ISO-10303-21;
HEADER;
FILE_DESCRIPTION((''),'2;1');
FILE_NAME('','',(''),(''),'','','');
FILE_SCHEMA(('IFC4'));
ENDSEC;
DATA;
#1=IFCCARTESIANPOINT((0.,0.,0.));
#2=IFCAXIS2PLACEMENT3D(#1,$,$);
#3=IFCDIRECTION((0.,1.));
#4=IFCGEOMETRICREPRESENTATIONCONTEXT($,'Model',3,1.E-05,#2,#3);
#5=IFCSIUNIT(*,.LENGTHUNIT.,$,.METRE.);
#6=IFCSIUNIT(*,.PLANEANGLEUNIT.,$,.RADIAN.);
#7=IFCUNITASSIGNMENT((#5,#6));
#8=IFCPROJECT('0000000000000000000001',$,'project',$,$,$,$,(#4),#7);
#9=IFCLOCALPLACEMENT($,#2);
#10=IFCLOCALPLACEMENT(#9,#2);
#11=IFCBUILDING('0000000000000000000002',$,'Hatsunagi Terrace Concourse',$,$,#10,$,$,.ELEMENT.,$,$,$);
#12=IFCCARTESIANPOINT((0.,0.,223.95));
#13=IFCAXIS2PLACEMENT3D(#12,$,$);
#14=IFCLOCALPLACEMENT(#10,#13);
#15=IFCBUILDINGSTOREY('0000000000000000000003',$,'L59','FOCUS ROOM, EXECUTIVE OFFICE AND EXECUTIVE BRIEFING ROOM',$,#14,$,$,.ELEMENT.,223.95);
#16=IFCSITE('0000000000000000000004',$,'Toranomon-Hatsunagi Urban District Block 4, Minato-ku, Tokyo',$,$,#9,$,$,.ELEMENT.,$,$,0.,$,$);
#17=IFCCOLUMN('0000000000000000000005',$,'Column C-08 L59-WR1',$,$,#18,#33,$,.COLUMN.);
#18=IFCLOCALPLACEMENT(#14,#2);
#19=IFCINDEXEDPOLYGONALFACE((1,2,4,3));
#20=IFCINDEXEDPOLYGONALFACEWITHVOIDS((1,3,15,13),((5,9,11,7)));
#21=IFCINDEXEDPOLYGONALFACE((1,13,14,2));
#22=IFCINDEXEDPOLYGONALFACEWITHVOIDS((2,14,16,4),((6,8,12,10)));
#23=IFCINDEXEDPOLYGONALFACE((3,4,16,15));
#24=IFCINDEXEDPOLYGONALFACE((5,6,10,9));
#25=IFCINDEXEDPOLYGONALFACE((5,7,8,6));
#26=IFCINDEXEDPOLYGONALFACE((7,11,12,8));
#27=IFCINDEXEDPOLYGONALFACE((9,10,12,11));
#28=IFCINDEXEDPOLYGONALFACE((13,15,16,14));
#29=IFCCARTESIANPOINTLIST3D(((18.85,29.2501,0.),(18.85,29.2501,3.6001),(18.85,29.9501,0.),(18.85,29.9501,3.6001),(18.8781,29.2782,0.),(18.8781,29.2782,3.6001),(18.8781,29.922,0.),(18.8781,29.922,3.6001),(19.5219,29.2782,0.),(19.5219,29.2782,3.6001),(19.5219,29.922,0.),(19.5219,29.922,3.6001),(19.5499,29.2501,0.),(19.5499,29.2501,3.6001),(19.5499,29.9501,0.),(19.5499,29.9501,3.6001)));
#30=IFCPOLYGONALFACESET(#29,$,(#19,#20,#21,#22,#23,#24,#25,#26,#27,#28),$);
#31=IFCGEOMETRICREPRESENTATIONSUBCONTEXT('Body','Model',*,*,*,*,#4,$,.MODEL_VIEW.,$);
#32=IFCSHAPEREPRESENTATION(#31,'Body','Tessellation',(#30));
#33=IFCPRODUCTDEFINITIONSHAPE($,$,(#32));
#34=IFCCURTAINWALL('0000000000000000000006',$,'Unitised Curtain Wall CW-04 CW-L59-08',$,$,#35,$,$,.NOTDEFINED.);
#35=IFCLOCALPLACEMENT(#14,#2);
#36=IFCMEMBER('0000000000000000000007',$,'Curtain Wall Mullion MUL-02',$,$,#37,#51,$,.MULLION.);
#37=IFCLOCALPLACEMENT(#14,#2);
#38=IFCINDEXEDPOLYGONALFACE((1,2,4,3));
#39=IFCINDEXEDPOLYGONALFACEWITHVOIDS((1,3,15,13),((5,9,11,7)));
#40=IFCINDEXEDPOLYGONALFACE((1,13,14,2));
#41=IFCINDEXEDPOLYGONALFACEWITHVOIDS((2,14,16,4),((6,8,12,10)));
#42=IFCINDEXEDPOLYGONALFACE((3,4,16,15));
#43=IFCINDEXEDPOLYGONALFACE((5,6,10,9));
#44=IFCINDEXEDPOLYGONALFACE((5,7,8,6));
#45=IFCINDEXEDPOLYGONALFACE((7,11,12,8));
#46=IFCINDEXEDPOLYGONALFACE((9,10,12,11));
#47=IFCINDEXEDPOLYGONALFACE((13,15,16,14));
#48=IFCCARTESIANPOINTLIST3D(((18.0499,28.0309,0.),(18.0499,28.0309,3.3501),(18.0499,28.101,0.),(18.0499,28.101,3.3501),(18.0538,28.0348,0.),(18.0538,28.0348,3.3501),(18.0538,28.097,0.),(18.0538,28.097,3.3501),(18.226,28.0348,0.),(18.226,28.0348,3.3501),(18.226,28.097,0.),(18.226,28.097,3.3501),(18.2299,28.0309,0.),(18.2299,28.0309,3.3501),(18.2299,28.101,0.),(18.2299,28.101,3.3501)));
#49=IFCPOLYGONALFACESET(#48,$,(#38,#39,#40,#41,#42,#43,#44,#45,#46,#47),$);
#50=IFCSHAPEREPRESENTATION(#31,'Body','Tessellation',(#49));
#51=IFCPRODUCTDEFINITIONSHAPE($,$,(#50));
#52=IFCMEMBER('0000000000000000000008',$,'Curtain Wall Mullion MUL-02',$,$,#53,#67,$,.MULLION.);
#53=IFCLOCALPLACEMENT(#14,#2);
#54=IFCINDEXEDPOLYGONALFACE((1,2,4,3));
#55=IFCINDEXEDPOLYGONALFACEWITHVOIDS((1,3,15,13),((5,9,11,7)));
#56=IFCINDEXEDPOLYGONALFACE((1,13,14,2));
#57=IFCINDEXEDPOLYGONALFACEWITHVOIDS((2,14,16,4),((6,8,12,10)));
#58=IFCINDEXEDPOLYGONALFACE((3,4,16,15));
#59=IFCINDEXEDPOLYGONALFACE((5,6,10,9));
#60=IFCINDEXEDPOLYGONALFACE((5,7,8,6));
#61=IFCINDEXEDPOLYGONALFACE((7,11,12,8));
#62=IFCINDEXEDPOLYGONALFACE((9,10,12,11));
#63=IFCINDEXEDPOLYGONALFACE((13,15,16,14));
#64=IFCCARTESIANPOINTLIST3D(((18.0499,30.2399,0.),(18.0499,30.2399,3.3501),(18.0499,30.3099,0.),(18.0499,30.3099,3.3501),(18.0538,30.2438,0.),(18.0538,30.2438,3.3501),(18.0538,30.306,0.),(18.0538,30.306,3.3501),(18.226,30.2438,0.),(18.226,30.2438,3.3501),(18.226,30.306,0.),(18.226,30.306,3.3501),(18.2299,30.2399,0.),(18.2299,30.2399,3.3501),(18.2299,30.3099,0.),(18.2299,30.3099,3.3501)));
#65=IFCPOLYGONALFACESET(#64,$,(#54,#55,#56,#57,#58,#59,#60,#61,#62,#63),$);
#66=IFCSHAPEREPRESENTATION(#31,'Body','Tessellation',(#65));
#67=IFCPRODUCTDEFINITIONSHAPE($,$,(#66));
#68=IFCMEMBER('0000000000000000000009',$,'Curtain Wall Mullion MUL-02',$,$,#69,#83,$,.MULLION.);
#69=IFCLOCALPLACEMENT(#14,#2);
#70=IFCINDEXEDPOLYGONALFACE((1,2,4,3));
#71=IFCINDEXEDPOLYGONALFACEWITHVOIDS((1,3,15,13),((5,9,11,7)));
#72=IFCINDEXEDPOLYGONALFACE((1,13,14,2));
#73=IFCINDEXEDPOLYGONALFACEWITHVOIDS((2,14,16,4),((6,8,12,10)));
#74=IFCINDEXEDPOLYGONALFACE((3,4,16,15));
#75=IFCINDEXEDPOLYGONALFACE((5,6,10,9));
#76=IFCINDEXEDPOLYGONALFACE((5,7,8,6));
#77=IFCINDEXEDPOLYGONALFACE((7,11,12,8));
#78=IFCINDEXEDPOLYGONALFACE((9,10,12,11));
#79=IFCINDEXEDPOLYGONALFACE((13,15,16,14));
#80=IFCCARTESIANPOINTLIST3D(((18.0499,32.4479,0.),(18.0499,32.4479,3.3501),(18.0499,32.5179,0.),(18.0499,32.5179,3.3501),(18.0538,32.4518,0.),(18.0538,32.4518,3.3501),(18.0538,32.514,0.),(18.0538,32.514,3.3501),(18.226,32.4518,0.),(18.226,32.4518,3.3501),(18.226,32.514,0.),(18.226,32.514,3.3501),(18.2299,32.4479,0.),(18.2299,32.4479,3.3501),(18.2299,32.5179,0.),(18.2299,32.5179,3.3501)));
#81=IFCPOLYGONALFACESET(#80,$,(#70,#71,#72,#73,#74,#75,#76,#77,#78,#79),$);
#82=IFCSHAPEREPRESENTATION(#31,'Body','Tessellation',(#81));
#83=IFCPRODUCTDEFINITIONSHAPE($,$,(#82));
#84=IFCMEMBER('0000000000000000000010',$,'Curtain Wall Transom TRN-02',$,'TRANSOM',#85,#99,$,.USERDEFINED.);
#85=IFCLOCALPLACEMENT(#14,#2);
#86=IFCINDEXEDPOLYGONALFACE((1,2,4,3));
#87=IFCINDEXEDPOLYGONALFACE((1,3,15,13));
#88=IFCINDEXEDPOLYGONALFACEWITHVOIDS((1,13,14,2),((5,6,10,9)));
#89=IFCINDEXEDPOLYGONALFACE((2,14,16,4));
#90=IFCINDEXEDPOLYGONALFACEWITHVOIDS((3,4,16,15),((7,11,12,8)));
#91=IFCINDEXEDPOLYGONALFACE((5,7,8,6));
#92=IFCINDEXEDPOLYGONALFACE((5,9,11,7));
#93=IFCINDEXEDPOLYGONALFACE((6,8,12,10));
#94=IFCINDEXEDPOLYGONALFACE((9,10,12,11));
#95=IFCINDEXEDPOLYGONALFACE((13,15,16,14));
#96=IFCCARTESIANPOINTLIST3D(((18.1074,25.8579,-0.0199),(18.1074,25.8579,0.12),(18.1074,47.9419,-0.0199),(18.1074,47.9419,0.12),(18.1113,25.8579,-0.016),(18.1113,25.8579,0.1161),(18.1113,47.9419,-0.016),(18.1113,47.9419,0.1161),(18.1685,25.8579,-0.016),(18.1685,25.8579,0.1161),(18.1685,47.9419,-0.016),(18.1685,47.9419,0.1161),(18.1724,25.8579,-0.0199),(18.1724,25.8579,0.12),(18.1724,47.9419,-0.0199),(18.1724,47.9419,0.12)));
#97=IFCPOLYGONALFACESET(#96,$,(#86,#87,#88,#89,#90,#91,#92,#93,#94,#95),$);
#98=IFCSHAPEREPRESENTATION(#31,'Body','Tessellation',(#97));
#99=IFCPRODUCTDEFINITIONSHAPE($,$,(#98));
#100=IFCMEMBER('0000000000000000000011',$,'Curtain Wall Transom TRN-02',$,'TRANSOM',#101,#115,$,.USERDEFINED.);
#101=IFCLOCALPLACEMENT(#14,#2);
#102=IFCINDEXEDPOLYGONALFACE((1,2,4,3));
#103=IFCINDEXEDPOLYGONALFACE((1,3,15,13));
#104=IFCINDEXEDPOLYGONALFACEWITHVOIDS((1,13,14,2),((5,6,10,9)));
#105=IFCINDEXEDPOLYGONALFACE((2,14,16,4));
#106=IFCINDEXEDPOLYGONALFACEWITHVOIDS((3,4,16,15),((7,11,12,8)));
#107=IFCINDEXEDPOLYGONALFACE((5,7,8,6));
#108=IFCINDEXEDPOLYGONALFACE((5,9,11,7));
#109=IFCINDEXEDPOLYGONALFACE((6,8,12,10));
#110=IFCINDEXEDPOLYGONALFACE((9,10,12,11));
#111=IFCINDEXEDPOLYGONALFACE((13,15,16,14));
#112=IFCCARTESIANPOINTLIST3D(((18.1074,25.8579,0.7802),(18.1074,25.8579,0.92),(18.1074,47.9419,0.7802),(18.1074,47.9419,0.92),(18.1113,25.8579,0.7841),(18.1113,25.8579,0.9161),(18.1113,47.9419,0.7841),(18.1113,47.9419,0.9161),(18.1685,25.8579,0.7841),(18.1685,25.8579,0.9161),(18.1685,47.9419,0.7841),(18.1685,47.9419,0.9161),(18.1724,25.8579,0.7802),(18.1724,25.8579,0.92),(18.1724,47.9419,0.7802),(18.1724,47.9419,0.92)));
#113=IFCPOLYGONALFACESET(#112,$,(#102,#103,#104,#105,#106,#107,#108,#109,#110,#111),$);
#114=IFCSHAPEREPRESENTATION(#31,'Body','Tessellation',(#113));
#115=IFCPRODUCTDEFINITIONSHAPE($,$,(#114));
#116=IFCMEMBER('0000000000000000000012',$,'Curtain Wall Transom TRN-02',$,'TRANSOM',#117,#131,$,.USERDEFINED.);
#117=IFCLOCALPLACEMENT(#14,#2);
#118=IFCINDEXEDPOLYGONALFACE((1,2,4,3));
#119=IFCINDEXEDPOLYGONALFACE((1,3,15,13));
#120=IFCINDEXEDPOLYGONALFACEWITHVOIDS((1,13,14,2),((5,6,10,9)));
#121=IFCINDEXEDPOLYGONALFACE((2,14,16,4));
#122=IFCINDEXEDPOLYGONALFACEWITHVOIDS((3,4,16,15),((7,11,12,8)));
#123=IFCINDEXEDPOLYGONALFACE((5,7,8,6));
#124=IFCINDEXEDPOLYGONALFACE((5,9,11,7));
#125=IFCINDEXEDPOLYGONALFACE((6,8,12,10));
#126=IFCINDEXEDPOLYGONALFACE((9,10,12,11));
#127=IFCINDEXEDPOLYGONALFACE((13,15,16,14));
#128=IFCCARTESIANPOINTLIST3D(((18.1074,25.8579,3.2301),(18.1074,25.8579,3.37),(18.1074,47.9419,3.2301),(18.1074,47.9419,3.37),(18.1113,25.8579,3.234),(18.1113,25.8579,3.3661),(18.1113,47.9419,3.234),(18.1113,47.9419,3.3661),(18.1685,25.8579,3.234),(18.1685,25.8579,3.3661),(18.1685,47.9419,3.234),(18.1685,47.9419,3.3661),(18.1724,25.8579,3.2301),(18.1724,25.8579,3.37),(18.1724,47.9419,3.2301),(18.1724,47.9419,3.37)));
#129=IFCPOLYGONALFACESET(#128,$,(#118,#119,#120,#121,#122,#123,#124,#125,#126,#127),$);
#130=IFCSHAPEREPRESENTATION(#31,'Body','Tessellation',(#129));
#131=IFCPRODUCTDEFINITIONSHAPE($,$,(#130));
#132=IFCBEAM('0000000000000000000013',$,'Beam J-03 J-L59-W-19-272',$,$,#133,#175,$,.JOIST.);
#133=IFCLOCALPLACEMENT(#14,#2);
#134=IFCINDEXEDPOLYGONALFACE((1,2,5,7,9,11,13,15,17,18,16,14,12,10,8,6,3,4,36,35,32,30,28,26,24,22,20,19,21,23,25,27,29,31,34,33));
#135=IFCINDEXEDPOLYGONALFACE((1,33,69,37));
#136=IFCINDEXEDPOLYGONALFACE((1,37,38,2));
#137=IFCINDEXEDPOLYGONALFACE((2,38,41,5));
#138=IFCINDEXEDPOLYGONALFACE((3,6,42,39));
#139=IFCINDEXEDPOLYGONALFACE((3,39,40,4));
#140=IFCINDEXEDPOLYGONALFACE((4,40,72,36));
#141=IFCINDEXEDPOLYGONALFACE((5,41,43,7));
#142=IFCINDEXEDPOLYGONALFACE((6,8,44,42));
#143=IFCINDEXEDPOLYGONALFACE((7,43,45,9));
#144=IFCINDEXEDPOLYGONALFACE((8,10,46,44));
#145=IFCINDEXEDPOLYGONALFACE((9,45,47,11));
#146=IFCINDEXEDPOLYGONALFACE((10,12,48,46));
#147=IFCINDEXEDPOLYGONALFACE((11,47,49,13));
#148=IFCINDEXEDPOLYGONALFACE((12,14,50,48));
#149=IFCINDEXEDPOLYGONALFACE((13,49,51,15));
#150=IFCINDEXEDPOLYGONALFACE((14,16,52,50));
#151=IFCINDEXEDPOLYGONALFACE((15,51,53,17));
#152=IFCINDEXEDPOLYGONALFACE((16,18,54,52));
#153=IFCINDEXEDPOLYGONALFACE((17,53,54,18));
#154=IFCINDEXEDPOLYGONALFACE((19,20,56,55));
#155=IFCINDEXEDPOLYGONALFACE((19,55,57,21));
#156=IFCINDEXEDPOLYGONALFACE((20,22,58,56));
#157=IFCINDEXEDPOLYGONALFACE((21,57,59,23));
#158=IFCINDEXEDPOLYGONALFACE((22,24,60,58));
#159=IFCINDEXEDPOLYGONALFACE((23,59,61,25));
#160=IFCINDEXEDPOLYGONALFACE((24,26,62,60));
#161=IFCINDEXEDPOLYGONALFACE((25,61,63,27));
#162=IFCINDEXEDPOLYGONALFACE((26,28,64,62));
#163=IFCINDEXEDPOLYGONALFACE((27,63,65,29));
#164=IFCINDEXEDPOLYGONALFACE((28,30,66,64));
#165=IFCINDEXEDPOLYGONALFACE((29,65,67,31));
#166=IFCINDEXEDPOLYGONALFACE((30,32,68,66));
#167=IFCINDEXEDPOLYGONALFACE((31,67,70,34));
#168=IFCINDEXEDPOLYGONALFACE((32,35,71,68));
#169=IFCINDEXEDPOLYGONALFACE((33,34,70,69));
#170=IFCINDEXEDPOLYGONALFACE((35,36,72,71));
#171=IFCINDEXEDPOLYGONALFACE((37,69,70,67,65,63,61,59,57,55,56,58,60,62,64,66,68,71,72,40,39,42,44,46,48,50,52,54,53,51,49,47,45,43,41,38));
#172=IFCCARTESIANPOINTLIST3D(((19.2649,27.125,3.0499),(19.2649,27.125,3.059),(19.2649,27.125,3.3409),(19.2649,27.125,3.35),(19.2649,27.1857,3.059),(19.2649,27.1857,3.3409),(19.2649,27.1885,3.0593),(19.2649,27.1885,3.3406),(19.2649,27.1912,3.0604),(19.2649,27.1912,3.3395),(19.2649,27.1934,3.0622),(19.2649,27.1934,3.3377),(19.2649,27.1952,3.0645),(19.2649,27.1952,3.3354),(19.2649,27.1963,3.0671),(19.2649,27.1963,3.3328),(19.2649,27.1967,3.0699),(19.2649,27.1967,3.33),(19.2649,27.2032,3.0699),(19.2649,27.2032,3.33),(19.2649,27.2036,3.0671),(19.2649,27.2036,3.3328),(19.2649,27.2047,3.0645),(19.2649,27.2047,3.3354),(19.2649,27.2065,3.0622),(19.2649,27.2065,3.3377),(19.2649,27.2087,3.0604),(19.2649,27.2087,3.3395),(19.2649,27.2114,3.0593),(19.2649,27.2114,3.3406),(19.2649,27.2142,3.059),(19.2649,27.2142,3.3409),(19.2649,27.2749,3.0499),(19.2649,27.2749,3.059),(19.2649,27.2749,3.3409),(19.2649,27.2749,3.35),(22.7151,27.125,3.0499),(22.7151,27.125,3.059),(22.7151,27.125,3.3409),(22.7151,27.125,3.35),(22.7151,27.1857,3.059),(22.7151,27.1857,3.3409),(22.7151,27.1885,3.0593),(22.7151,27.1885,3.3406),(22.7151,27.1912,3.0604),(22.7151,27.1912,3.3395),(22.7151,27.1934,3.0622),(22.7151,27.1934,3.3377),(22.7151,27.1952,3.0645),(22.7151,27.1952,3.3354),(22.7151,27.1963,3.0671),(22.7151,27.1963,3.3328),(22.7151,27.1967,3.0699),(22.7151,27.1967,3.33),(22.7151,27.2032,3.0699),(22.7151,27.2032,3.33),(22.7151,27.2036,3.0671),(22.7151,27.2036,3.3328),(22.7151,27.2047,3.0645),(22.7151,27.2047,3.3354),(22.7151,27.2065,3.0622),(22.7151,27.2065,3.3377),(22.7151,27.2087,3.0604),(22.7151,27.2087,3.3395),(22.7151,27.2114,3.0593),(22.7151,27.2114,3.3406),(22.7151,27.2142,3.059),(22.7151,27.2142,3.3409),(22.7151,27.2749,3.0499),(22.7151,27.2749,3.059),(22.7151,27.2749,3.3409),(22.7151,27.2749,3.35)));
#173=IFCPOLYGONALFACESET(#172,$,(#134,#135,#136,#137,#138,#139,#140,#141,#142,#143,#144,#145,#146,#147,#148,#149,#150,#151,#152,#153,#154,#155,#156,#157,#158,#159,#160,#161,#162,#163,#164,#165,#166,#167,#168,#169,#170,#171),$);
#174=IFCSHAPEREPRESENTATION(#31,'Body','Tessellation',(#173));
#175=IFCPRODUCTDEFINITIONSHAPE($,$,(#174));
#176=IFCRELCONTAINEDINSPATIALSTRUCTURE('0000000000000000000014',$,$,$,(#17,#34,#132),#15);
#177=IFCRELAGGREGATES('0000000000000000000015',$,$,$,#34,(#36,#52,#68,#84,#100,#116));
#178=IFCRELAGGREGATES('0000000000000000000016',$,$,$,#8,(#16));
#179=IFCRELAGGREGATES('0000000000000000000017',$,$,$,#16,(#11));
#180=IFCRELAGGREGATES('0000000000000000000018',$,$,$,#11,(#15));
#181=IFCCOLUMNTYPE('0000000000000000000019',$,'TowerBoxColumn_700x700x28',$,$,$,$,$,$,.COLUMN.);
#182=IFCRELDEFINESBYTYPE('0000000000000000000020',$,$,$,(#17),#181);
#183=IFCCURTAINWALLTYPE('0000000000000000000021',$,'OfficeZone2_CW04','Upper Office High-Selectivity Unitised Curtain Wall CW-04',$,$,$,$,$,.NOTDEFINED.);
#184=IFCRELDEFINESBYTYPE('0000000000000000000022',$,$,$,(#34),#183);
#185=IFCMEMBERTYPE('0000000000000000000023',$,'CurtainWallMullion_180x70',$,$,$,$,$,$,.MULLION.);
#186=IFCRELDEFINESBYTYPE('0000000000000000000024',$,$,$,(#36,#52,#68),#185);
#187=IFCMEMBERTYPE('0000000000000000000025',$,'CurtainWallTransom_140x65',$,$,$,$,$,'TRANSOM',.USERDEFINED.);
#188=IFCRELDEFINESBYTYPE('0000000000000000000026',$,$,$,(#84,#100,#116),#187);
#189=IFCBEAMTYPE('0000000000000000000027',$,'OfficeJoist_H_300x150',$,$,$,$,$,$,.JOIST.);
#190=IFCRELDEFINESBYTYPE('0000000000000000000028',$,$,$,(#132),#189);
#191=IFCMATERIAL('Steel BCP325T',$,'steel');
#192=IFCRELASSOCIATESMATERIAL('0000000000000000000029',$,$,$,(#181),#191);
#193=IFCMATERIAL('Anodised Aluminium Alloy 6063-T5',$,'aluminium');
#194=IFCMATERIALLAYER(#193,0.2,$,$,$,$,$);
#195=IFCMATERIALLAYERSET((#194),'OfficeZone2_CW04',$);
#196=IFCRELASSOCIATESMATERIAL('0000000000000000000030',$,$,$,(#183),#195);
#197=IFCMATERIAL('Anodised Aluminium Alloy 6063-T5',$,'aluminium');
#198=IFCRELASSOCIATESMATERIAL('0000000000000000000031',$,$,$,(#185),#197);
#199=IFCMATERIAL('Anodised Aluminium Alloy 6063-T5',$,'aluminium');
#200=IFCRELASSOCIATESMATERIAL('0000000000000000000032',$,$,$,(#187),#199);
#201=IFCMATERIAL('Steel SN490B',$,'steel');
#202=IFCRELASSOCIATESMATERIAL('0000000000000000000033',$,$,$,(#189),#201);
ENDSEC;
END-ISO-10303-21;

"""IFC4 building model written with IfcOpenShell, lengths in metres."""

from ifc_helpers import new_model, si_unit, direction, frame, origin, origin_2d, place, context, subcontext, project, spatial, hollow_rectangle, i_section, extrude, material, layer, layer_set, material_profile, profile_set, type_object, element, aggregate, save


model = new_model("IFC4")

# Units and contexts
model_context = context("Model", 3, precision=1e-05, world=origin(), true_north=direction((0.0, 1.0)))
body_context = subcontext(model_context, "Body", "Model", "MODEL_VIEW")
ifc_project = project(units=[si_unit("LENGTHUNIT", "METRE"), si_unit("PLANEANGLEUNIT", "RADIAN")], contexts=[model_context])

# Site, building, storey
site_placement = place(None, origin())
site = spatial("IfcSite", under=ifc_project, at=site_placement, Name="Toranomon-Hatsunagi Urban District Block 4, Minato-ku, Tokyo", CompositionType="ELEMENT", RefElevation=0.0)
building_placement = place(site_placement, origin())
building = spatial("IfcBuilding", under=site, at=building_placement, Name="Hatsunagi Terrace Concourse", CompositionType="ELEMENT")
storey_placement = place(building_placement, frame((0.0, 0.0, 223.95)))
storey = spatial("IfcBuildingStorey", under=building, at=storey_placement, Name="L59", Description="FOCUS ROOM, EXECUTIVE OFFICE AND EXECUTIVE BRIEFING ROOM", CompositionType="ELEMENT", Elevation=223.95)

# Column
ifc_material_1 = material(Name="Steel BCP325T", Category="steel")
ifc_material_profile_1 = material_profile(ifc_material_1, hollow_rectangle(XDim=0.7, YDim=0.7, WallThickness=0.0281, at=origin_2d()), Name="BCP-700x700x28")
ifc_profile_set_1 = profile_set([ifc_material_profile_1], Name="Steel BCP325T")
column_type = type_object("IfcColumnType", Name="TowerBoxColumn_700x700x28", PredefinedType="COLUMN", material=ifc_profile_set_1)
column_placement = place(storey_placement, frame((19.2, 29.6001, 0.0), z_axis=(0.0, 0.0, 1.0), x_axis=(1.0, 0.0, 0.0)))
element("IfcColumn", 1, at=column_placement, inside=storey, type_object=column_type, Name="Column C-08 L59-WR1", PredefinedType="COLUMN", context=body_context, shape_type="SweptSolid", body=[
    extrude(hollow_rectangle(XDim=0.7, YDim=0.7, WallThickness=0.0281, at=origin_2d()), origin(), (0.0, 0.0, 1.0), 3.6001),
])

# Curtain wall, members
ifc_material_2 = material(Name="Anodised Aluminium Alloy 6063-T5", Category="aluminium")
ifc_layer_1 = layer(ifc_material_2, 0.2)
ifc_layer_set_1 = layer_set([ifc_layer_1], Name="OfficeZone2_CW04")
curtain_wall_type = type_object("IfcCurtainWallType", Name="OfficeZone2_CW04", Description="Upper Office High-Selectivity Unitised Curtain Wall CW-04", PredefinedType="NOTDEFINED", material=ifc_layer_set_1)
curtain_wall_placement = place(storey_placement, origin())
curtain_wall = element("IfcCurtainWall", 2, at=curtain_wall_placement, inside=storey, type_object=curtain_wall_type, Name="Unitised Curtain Wall CW-04 CW-L59-08", PredefinedType="NOTDEFINED")
ifc_material_3 = material(Name="Anodised Aluminium Alloy 6063-T5", Category="aluminium")
ifc_material_profile_2 = material_profile(ifc_material_3, hollow_rectangle(XDim=0.0701, YDim=0.1799, WallThickness=0.0039, at=origin_2d()), Name="ALU-MUL-180x70x4")
ifc_profile_set_2 = profile_set([ifc_material_profile_2], Name="Anodised Aluminium Alloy 6063-T5")
member_type_1 = type_object("IfcMemberType", Name="CurtainWallMullion_180x70", PredefinedType="MULLION", material=ifc_profile_set_2)
member_1_placement = place(storey_placement, frame((18.1399, 28.0659, 0.0), z_axis=(0.0, 0.0, 1.0), x_axis=(0.0, 1.0, 0.0)))
member_1 = element("IfcMember", 3, at=member_1_placement, type_object=member_type_1, Name="Curtain Wall Mullion MUL-02", PredefinedType="MULLION", context=body_context, shape_type="SweptSolid", body=[
    extrude(hollow_rectangle(XDim=0.0701, YDim=0.1799, WallThickness=0.0039, at=origin_2d()), origin(), (0.0, 0.0, 1.0), 3.3501),
])
member_2_placement = place(storey_placement, frame((18.1399, 30.2749, 0.0), z_axis=(0.0, 0.0, 1.0), x_axis=(0.0, 1.0, 0.0)))
member_2 = element("IfcMember", 4, at=member_2_placement, type_object=member_type_1, Name="Curtain Wall Mullion MUL-02", PredefinedType="MULLION", context=body_context, shape_type="SweptSolid", body=[
    extrude(hollow_rectangle(XDim=0.0701, YDim=0.1799, WallThickness=0.0039, at=origin_2d()), origin(), (0.0, 0.0, 1.0), 3.3501),
])
member_3_placement = place(storey_placement, frame((18.1399, 32.4829, 0.0), z_axis=(0.0, 0.0, 1.0), x_axis=(0.0, 1.0, 0.0)))
member_3 = element("IfcMember", 5, at=member_3_placement, type_object=member_type_1, Name="Curtain Wall Mullion MUL-02", PredefinedType="MULLION", context=body_context, shape_type="SweptSolid", body=[
    extrude(hollow_rectangle(XDim=0.0701, YDim=0.1799, WallThickness=0.0039, at=origin_2d()), origin(), (0.0, 0.0, 1.0), 3.3501),
])
ifc_material_4 = material(Name="Anodised Aluminium Alloy 6063-T5", Category="aluminium")
ifc_material_profile_3 = material_profile(ifc_material_4, hollow_rectangle(XDim=0.0649, YDim=0.1399, WallThickness=0.0039, at=origin_2d()), Name="ALU-TRN-140x65x4")
ifc_profile_set_3 = profile_set([ifc_material_profile_3], Name="Anodised Aluminium Alloy 6063-T5")
member_type_2 = type_object("IfcMemberType", Name="CurtainWallTransom_140x65", ElementType="TRANSOM", PredefinedType="USERDEFINED", material=ifc_profile_set_3)
member_4_placement = place(storey_placement, frame((18.1399, 25.8579, 0.05), z_axis=(0.0, 1.0, 0.0), x_axis=(-1.0, 0.0, 0.0)))
member_4 = element("IfcMember", 6, at=member_4_placement, type_object=member_type_2, Name="Curtain Wall Transom TRN-02", ObjectType="TRANSOM", PredefinedType="USERDEFINED", context=body_context, shape_type="SweptSolid", body=[
    extrude(hollow_rectangle(XDim=0.0649, YDim=0.1399, WallThickness=0.0039, at=origin_2d()), origin(), (0.0, 0.0, 1.0), 22.084),
])
member_5_placement = place(storey_placement, frame((18.1399, 25.8579, 0.8501), z_axis=(0.0, 1.0, 0.0), x_axis=(-1.0, 0.0, 0.0)))
member_5 = element("IfcMember", 7, at=member_5_placement, type_object=member_type_2, Name="Curtain Wall Transom TRN-02", ObjectType="TRANSOM", PredefinedType="USERDEFINED", context=body_context, shape_type="SweptSolid", body=[
    extrude(hollow_rectangle(XDim=0.0649, YDim=0.1399, WallThickness=0.0039, at=origin_2d()), origin(), (0.0, 0.0, 1.0), 22.084),
])
member_6_placement = place(storey_placement, frame((18.1399, 25.8579, 3.3), z_axis=(0.0, 1.0, 0.0), x_axis=(-1.0, 0.0, 0.0)))
member_6 = element("IfcMember", 8, at=member_6_placement, type_object=member_type_2, Name="Curtain Wall Transom TRN-02", ObjectType="TRANSOM", PredefinedType="USERDEFINED", context=body_context, shape_type="SweptSolid", body=[
    extrude(hollow_rectangle(XDim=0.0649, YDim=0.1399, WallThickness=0.0039, at=origin_2d()), origin(), (0.0, 0.0, 1.0), 22.084),
])

# Beam
ifc_material_5 = material(Name="Steel SN490B", Category="steel")
ifc_material_profile_4 = material_profile(ifc_material_5, i_section(OverallWidth=0.1499, OverallDepth=0.3, WebThickness=0.0066, FlangeThickness=0.009, FilletRadius=0.011, at=origin_2d()), Name="H-300x150x6.5x9")
ifc_profile_set_4 = profile_set([ifc_material_profile_4], Name="Steel SN490B")
beam_type_1 = type_object("IfcBeamType", Name="OfficeJoist_H_300x150", PredefinedType="JOIST", material=ifc_profile_set_4)
for number, where, z_axis, x_axis, name in (
    (9, (19.2649, 27.2, 3.2), (1.0, 0.0, 0.0), (0.0, 1.0, 0.0), "Beam J-03 J-L59-W-19-272"),
):
    element("IfcBeam", number, at=place(storey_placement, frame(where, z_axis=z_axis, x_axis=x_axis)), inside=storey, type_object=beam_type_1, Name=name, PredefinedType="JOIST", context=body_context, shape_type="SweptSolid", body=[
        extrude(i_section(OverallWidth=0.1499, OverallDepth=0.3, WebThickness=0.0066, FlangeThickness=0.009, FilletRadius=0.011, at=origin_2d()), origin(), (0.0, 0.0, 1.0), 3.4502),
    ])

aggregate(curtain_wall, [member_1, member_2, member_3, member_4, member_5, member_6])

save(model, "model.ifc")
